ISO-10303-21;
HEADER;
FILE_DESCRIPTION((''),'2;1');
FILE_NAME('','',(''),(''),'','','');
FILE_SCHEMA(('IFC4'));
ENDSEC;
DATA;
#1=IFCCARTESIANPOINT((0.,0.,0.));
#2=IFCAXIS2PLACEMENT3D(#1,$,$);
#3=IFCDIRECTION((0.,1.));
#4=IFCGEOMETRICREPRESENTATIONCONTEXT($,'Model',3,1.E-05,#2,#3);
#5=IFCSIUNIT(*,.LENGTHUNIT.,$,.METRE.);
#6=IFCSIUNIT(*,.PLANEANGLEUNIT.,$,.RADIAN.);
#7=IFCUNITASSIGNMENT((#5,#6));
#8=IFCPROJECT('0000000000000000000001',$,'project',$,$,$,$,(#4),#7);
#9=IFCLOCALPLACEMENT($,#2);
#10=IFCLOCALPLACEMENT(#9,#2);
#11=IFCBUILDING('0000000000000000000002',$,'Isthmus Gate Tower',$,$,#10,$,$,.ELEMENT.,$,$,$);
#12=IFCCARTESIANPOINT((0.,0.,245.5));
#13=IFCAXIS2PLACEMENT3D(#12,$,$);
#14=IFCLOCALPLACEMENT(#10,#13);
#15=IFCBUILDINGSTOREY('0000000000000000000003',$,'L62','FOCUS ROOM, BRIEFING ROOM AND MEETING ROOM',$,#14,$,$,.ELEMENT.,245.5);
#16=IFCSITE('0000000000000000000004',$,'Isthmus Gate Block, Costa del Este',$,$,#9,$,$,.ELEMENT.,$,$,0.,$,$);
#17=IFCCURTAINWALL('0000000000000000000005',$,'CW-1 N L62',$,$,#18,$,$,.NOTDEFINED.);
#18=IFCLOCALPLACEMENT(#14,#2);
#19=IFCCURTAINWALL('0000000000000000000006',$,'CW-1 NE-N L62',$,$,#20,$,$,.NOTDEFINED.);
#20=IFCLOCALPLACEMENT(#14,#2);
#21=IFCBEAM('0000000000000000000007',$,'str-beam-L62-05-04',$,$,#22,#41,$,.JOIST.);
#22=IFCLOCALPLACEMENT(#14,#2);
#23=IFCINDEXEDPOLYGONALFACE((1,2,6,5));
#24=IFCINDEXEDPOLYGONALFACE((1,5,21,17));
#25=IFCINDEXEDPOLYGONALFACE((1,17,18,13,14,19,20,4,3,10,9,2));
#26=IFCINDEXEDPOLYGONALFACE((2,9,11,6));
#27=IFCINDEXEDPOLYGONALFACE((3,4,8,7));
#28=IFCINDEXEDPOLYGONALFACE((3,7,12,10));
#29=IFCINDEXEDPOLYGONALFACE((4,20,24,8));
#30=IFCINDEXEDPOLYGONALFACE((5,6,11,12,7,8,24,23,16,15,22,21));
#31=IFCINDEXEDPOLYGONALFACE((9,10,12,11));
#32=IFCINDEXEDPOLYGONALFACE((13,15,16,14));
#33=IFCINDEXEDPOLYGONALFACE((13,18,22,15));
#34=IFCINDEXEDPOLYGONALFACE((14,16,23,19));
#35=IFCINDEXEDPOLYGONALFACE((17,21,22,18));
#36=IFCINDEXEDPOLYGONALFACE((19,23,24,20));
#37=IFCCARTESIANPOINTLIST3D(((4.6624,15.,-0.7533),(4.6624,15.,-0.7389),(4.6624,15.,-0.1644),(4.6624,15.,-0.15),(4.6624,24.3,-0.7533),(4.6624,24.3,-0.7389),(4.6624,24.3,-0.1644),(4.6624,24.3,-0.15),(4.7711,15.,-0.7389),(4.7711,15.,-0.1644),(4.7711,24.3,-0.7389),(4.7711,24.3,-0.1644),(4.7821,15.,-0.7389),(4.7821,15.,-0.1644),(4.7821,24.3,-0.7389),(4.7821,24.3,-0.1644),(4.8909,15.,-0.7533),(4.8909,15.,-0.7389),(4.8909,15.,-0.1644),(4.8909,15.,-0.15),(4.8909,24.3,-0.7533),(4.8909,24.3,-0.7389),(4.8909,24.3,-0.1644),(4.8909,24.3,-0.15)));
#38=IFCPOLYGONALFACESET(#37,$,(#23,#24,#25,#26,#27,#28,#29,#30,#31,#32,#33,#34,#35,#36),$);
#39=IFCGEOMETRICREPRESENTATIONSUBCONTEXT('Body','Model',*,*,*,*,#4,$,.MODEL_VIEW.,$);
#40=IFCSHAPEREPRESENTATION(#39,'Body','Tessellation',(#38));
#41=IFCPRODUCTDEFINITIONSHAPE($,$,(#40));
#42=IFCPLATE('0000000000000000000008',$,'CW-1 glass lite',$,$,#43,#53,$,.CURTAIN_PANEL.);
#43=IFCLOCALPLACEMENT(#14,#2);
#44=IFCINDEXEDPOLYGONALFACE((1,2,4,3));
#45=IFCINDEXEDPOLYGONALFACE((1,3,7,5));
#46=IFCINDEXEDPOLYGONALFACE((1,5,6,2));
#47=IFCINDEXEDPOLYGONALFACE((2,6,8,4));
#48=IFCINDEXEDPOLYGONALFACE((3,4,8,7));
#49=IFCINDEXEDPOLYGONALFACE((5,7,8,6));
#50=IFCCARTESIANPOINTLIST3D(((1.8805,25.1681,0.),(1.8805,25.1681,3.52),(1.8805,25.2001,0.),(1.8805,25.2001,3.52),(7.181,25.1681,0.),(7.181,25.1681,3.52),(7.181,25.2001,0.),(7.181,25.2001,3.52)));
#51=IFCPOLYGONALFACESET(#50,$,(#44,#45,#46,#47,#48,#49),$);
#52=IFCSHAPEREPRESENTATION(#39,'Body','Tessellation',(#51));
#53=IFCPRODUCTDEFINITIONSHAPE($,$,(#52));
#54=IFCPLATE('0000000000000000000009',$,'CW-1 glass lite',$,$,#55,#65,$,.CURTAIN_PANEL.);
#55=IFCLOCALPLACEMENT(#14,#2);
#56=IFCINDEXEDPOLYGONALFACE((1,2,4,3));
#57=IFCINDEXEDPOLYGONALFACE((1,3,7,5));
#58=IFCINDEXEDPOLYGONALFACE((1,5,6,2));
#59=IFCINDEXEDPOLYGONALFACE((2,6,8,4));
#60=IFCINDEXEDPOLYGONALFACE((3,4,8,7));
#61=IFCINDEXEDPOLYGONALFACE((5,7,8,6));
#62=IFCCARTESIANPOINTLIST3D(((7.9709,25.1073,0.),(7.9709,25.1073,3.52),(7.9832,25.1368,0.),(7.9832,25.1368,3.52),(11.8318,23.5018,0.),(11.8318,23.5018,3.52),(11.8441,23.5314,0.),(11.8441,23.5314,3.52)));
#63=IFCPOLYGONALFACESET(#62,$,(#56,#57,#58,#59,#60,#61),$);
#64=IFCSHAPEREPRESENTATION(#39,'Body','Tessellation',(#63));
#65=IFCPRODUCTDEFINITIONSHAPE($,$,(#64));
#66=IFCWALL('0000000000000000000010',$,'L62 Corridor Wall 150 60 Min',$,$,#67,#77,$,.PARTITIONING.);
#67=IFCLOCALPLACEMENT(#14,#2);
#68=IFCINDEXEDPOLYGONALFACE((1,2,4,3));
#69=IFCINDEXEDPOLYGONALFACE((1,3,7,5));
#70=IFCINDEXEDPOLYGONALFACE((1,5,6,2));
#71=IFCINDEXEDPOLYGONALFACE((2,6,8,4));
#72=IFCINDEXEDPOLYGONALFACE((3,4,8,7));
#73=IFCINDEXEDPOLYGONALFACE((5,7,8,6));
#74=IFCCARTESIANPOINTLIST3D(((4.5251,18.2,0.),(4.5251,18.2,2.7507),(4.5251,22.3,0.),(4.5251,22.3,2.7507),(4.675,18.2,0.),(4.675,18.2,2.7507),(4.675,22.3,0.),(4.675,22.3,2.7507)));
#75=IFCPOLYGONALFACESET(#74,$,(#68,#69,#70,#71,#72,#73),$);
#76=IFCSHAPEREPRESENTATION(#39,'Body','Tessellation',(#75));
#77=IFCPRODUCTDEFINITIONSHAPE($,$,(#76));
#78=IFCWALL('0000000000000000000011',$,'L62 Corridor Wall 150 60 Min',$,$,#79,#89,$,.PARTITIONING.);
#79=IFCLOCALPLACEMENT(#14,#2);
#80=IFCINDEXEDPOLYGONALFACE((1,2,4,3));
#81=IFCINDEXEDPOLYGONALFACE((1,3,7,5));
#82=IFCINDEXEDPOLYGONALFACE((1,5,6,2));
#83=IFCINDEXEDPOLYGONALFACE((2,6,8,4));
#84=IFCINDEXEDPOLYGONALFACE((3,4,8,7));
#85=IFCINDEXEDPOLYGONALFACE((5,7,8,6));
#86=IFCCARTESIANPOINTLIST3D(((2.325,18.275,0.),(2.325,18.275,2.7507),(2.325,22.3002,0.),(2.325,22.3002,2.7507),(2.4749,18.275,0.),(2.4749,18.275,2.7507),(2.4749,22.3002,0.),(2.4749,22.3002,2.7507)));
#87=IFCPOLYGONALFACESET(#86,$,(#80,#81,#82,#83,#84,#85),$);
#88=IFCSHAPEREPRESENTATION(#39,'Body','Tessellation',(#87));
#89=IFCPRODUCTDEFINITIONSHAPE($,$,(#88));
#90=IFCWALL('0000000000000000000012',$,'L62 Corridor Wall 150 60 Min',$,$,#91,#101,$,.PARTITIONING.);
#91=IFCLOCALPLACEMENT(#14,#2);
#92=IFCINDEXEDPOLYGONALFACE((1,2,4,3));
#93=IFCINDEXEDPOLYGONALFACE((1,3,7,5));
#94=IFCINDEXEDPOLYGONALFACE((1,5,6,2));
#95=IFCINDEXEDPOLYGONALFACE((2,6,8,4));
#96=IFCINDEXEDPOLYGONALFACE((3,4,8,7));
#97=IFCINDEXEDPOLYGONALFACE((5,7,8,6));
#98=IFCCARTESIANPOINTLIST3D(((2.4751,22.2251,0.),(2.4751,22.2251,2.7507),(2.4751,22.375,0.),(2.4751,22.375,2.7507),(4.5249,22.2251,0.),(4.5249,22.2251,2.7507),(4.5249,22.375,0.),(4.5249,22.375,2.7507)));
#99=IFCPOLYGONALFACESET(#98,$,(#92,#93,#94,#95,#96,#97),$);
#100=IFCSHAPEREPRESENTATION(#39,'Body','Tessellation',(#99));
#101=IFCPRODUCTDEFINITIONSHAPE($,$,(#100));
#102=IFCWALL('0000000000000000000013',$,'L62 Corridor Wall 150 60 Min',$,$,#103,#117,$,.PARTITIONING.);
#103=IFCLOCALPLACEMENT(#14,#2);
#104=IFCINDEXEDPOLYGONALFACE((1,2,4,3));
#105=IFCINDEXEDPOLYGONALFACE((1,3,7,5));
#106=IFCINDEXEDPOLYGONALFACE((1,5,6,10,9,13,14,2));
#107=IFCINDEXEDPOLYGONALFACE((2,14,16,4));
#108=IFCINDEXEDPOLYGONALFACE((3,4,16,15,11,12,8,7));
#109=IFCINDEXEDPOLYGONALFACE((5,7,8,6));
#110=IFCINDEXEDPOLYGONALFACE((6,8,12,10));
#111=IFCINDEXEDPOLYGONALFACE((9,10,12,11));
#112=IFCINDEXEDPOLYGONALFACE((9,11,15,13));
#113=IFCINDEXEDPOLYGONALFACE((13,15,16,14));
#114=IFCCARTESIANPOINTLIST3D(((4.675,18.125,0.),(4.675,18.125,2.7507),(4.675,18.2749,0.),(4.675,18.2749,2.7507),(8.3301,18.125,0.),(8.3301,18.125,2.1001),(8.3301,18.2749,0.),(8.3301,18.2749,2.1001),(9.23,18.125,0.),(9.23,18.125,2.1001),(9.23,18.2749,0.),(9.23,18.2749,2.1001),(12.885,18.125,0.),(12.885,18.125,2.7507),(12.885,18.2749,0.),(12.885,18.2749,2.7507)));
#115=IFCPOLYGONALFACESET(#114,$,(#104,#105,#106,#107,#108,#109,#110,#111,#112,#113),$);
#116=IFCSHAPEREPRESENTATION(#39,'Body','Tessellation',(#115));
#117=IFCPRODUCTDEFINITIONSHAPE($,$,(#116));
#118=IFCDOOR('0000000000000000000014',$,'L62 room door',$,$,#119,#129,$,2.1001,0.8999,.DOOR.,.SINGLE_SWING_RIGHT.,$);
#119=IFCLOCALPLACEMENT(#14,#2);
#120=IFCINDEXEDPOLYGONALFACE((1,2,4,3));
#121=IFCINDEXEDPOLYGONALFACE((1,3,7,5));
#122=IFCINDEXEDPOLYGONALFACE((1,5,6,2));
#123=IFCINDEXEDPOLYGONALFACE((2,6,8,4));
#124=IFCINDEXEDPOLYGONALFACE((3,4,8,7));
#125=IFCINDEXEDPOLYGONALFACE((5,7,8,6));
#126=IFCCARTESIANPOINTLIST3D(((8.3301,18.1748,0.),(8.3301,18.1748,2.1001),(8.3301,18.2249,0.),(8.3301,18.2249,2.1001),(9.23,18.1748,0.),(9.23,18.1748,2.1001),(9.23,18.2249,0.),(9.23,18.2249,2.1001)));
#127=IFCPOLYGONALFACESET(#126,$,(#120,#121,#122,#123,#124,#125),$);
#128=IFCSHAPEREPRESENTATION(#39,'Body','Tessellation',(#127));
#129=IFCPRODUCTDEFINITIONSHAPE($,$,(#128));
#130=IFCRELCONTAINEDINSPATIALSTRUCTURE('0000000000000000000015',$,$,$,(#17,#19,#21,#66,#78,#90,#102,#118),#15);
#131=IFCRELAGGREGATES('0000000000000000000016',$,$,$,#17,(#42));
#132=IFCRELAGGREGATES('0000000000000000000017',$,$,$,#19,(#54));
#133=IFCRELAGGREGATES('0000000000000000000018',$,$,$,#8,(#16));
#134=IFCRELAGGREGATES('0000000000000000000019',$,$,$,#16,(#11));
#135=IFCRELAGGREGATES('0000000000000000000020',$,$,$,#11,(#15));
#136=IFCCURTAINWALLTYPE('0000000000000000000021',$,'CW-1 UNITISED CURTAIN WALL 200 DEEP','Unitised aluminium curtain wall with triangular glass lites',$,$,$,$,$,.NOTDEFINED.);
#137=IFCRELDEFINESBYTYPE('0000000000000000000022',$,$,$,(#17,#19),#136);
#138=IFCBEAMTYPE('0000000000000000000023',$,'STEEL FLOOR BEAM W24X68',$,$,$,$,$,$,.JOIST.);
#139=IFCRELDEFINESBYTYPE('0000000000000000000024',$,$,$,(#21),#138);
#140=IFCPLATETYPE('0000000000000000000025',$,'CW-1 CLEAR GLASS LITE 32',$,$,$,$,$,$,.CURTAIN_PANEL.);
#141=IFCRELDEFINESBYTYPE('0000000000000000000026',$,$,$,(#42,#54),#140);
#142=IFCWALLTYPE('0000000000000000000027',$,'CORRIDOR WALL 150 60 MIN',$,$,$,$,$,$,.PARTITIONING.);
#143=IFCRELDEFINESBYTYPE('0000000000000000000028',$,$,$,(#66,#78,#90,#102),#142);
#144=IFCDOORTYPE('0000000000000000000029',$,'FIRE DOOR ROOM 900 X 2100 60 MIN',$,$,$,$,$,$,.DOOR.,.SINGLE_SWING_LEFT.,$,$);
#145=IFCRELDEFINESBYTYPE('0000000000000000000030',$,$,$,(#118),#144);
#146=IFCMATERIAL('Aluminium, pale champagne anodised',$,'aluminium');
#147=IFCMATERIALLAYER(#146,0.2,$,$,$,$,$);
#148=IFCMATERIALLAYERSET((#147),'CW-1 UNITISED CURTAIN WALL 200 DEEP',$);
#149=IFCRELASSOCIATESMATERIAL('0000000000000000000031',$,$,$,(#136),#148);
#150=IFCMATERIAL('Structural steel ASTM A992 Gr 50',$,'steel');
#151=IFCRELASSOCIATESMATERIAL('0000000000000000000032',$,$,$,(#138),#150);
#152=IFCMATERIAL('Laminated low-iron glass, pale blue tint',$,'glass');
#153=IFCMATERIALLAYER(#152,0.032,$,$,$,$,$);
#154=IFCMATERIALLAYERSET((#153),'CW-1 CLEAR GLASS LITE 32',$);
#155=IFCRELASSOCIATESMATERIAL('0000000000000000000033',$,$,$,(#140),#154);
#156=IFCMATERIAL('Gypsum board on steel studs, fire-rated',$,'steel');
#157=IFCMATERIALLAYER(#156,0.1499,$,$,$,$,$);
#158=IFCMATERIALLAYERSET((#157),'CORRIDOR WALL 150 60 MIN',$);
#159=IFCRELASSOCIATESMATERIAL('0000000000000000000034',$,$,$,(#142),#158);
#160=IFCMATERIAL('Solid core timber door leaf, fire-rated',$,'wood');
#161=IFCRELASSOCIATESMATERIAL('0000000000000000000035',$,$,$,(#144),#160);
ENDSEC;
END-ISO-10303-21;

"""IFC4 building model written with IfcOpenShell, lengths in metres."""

from ifc_helpers import new_model, si_unit, direction, frame, frame_2d, origin, origin_2d, place, context, subcontext, project, spatial, rectangle, i_section, extrude, material, layer, layer_set, material_profile, profile_set, type_object, element, fill, aggregate, save


model = new_model("IFC4")

# Units and contexts
model_context = context("Model", 3, precision=1e-05, world=origin(), true_north=direction((0.0, 1.0)))
body_context = subcontext(model_context, "Body", "Model", "MODEL_VIEW")
ifc_project = project(units=[si_unit("LENGTHUNIT", "METRE"), si_unit("PLANEANGLEUNIT", "RADIAN")], contexts=[model_context])

# Site, building, storey
site_placement = place(None, origin())
site = spatial("IfcSite", under=ifc_project, at=site_placement, Name="Isthmus Gate Block, Costa del Este", CompositionType="ELEMENT", RefElevation=0.0)
building_placement = place(site_placement, origin())
building = spatial("IfcBuilding", under=site, at=building_placement, Name="Isthmus Gate Tower", CompositionType="ELEMENT")
storey_placement = place(building_placement, frame((0.0, 0.0, 245.5)))
storey = spatial("IfcBuildingStorey", under=building, at=storey_placement, Name="L62", Description="FOCUS ROOM, BRIEFING ROOM AND MEETING ROOM", CompositionType="ELEMENT", Elevation=245.5)

# Curtain walls
ifc_material_1 = material(Name="Aluminium, pale champagne anodised", Category="aluminium")
ifc_layer_1 = layer(ifc_material_1, 0.2)
ifc_layer_set_1 = layer_set([ifc_layer_1], Name="CW-1 UNITISED CURTAIN WALL 200 DEEP")
curtain_wall_type = type_object("IfcCurtainWallType", Name="CW-1 UNITISED CURTAIN WALL 200 DEEP", Description="Unitised aluminium curtain wall with triangular glass lites", PredefinedType="NOTDEFINED", material=ifc_layer_set_1)
curtain_wall_1_placement = place(storey_placement, origin())
curtain_wall_1 = element("IfcCurtainWall", 1, at=curtain_wall_1_placement, inside=storey, type_object=curtain_wall_type, Name="CW-1 N L62", PredefinedType="NOTDEFINED")
curtain_wall_2_placement = place(storey_placement, origin())
curtain_wall_2 = element("IfcCurtainWall", 2, at=curtain_wall_2_placement, inside=storey, type_object=curtain_wall_type, Name="CW-1 NE-N L62", PredefinedType="NOTDEFINED")

# Beam
ifc_material_2 = material(Name="Structural steel ASTM A992 Gr 50", Category="steel")
ifc_material_profile_1 = material_profile(ifc_material_2, i_section(OverallWidth=0.2285, OverallDepth=0.6033, WebThickness=0.011, FlangeThickness=0.0144, at=origin_2d()), Name="W24X68")
ifc_profile_set_1 = profile_set([ifc_material_profile_1], Name="Structural steel ASTM A992 Gr 50")
beam_type_1 = type_object("IfcBeamType", Name="STEEL FLOOR BEAM W24X68", PredefinedType="JOIST", material=ifc_profile_set_1)
beam_1_placement = place(storey_placement, frame((4.7766, 15.0, -0.4517), z_axis=(0.0, 1.0, 0.0), x_axis=(-1.0, 0.0, 0.0)))
element("IfcBeam", 3, at=beam_1_placement, inside=storey, type_object=beam_type_1, Name="str-beam-L62-05-04", PredefinedType="JOIST", context=body_context, shape_type="SweptSolid", body=[
    extrude(i_section(OverallWidth=0.2285, OverallDepth=0.6033, WebThickness=0.011, FlangeThickness=0.0144, at=origin_2d()), origin(), (0.0, 0.0, 1.0), 9.3),
])

# Plates
ifc_material_3 = material(Name="Laminated low-iron glass, pale blue tint", Category="glass")
ifc_layer_2 = layer(ifc_material_3, 0.032)
ifc_layer_set_2 = layer_set([ifc_layer_2], Name="CW-1 CLEAR GLASS LITE 32")
plate_type = type_object("IfcPlateType", Name="CW-1 CLEAR GLASS LITE 32", PredefinedType="CURTAIN_PANEL", material=ifc_layer_set_2)
plate_1_placement = place(storey_placement, frame((4.5308, 25.1841, 0.0), z_axis=(0.0, 0.0, 1.0), x_axis=(-1.0, 0.0, 0.0)))
plate_1 = element("IfcPlate", 4, at=plate_1_placement, type_object=plate_type, Name="CW-1 glass lite", PredefinedType="CURTAIN_PANEL", context=body_context, shape_type="SweptSolid", body=[
    extrude(rectangle(XDim=5.3005, YDim=0.032, at=origin_2d()), origin(), (0.0, 0.0, 1.0), 3.52),
])
aggregate(curtain_wall_1, [plate_1])
plate_2_placement = place(storey_placement, frame((9.9075, 24.3193, 0.0), z_axis=(0.0, 0.0, 1.0), x_axis=(-0.923353, 0.383952, 0.0)))
plate_2 = element("IfcPlate", 5, at=plate_2_placement, type_object=plate_type, Name="CW-1 glass lite", PredefinedType="CURTAIN_PANEL", context=body_context, shape_type="SweptSolid", body=[
    extrude(rectangle(XDim=4.1814, YDim=0.032, at=origin_2d()), origin(), (0.0, 0.0, 1.0), 3.52),
])
aggregate(curtain_wall_2, [plate_2])

# Walls
ifc_material_4 = material(Name="Gypsum board on steel studs, fire-rated", Category="steel")
ifc_layer_3 = layer(ifc_material_4, 0.1499)
ifc_layer_set_3 = layer_set([ifc_layer_3], Name="CORRIDOR WALL 150 60 MIN")
wall_type = type_object("IfcWallType", Name="CORRIDOR WALL 150 60 MIN", PredefinedType="PARTITIONING", material=ifc_layer_set_3)
wall_1_placement = place(storey_placement, frame((4.6001, 22.3, 0.0), z_axis=(0.0, 0.0, 1.0), x_axis=(0.0, -1.0, 0.0)))
element("IfcWall", 6, at=wall_1_placement, inside=storey, type_object=wall_type, Name="L62 Corridor Wall 150 60 Min", PredefinedType="PARTITIONING", context=body_context, shape_type="SweptSolid", body=[
    extrude(rectangle(XDim=4.1001, YDim=0.1499, at=frame_2d((2.05, 0.0))), origin(), (0.0, 0.0, 1.0), 2.7507),
])
wall_2_placement = place(storey_placement, frame((2.3999, 18.2749, 0.0), z_axis=(0.0, 0.0, 1.0), x_axis=(0.0, 1.0, 0.0)))
element("IfcWall", 7, at=wall_2_placement, inside=storey, type_object=wall_type, Name="L62 Corridor Wall 150 60 Min", PredefinedType="PARTITIONING", context=body_context, shape_type="SweptSolid", body=[
    extrude(rectangle(XDim=4.0251, YDim=0.1499, at=frame_2d((2.0127, 0.0))), origin(), (0.0, 0.0, 1.0), 2.7507),
])
wall_3_placement = place(storey_placement, frame((2.4751, 22.3, 0.0), z_axis=(0.0, 0.0, 1.0), x_axis=(1.0, 0.0, 0.0)))
element("IfcWall", 8, at=wall_3_placement, inside=storey, type_object=wall_type, Name="L62 Corridor Wall 150 60 Min", PredefinedType="PARTITIONING", context=body_context, shape_type="SweptSolid", body=[
    extrude(rectangle(XDim=2.0498, YDim=0.1499, at=frame_2d((1.0249, 0.0))), origin(), (0.0, 0.0, 1.0), 2.7507),
])

# Wall, opening, door
wall_4_placement = place(storey_placement, frame((4.675, 18.2, 0.0), z_axis=(0.0, 0.0, 1.0), x_axis=(1.0, 0.0, 0.0)))
wall_4 = element("IfcWall", 9, at=wall_4_placement, inside=storey, type_object=wall_type, Name="L62 Corridor Wall 150 60 Min", PredefinedType="PARTITIONING", context=body_context, shape_type="SweptSolid", body=[
    extrude(rectangle(XDim=8.21, YDim=0.1499, at=frame_2d((4.105, 0.0))), origin(), (0.0, 0.0, 1.0), 2.7507),
])
opening_placement = place(wall_4_placement, frame((3.655, 0.0, 0.0)))
opening = element("IfcOpeningElement", 10, at=opening_placement, cuts=wall_4, PredefinedType="OPENING", context=body_context, shape_type="SweptSolid", body=[
    extrude(rectangle(XDim=0.8999, YDim=2.1001, at=frame_2d((0.45, 1.05))), frame((0.0, 0.085, 0.0), z_axis=(0.0, -1.0, 0.0), x_axis=(1.0, 0.0, 0.0)), (0.0, 0.0, 1.0), 0.1699),
])
ifc_material_5 = material(Name="Solid core timber door leaf, fire-rated", Category="wood")
door_type = type_object("IfcDoorType", Name="FIRE DOOR ROOM 900 X 2100 60 MIN", OperationType="SINGLE_SWING_LEFT", PredefinedType="DOOR", material=ifc_material_5)
door_placement = place(opening_placement, origin())
door = element("IfcDoor", 11, at=door_placement, inside=storey, type_object=door_type, Name="L62 room door", OperationType="SINGLE_SWING_RIGHT", OverallHeight=2.1001, OverallWidth=0.8999, PredefinedType="DOOR", context=body_context, shape_type="SweptSolid", body=[
    extrude(rectangle(XDim=0.8999, YDim=2.1001, at=frame_2d((0.45, 1.05))), frame((0.0, 0.0249, 0.0), z_axis=(0.0, -1.0, 0.0), x_axis=(1.0, 0.0, 0.0)), (0.0, 0.0, 1.0), 0.05),
])
fill(opening, door)

save(model, "model.ifc")
